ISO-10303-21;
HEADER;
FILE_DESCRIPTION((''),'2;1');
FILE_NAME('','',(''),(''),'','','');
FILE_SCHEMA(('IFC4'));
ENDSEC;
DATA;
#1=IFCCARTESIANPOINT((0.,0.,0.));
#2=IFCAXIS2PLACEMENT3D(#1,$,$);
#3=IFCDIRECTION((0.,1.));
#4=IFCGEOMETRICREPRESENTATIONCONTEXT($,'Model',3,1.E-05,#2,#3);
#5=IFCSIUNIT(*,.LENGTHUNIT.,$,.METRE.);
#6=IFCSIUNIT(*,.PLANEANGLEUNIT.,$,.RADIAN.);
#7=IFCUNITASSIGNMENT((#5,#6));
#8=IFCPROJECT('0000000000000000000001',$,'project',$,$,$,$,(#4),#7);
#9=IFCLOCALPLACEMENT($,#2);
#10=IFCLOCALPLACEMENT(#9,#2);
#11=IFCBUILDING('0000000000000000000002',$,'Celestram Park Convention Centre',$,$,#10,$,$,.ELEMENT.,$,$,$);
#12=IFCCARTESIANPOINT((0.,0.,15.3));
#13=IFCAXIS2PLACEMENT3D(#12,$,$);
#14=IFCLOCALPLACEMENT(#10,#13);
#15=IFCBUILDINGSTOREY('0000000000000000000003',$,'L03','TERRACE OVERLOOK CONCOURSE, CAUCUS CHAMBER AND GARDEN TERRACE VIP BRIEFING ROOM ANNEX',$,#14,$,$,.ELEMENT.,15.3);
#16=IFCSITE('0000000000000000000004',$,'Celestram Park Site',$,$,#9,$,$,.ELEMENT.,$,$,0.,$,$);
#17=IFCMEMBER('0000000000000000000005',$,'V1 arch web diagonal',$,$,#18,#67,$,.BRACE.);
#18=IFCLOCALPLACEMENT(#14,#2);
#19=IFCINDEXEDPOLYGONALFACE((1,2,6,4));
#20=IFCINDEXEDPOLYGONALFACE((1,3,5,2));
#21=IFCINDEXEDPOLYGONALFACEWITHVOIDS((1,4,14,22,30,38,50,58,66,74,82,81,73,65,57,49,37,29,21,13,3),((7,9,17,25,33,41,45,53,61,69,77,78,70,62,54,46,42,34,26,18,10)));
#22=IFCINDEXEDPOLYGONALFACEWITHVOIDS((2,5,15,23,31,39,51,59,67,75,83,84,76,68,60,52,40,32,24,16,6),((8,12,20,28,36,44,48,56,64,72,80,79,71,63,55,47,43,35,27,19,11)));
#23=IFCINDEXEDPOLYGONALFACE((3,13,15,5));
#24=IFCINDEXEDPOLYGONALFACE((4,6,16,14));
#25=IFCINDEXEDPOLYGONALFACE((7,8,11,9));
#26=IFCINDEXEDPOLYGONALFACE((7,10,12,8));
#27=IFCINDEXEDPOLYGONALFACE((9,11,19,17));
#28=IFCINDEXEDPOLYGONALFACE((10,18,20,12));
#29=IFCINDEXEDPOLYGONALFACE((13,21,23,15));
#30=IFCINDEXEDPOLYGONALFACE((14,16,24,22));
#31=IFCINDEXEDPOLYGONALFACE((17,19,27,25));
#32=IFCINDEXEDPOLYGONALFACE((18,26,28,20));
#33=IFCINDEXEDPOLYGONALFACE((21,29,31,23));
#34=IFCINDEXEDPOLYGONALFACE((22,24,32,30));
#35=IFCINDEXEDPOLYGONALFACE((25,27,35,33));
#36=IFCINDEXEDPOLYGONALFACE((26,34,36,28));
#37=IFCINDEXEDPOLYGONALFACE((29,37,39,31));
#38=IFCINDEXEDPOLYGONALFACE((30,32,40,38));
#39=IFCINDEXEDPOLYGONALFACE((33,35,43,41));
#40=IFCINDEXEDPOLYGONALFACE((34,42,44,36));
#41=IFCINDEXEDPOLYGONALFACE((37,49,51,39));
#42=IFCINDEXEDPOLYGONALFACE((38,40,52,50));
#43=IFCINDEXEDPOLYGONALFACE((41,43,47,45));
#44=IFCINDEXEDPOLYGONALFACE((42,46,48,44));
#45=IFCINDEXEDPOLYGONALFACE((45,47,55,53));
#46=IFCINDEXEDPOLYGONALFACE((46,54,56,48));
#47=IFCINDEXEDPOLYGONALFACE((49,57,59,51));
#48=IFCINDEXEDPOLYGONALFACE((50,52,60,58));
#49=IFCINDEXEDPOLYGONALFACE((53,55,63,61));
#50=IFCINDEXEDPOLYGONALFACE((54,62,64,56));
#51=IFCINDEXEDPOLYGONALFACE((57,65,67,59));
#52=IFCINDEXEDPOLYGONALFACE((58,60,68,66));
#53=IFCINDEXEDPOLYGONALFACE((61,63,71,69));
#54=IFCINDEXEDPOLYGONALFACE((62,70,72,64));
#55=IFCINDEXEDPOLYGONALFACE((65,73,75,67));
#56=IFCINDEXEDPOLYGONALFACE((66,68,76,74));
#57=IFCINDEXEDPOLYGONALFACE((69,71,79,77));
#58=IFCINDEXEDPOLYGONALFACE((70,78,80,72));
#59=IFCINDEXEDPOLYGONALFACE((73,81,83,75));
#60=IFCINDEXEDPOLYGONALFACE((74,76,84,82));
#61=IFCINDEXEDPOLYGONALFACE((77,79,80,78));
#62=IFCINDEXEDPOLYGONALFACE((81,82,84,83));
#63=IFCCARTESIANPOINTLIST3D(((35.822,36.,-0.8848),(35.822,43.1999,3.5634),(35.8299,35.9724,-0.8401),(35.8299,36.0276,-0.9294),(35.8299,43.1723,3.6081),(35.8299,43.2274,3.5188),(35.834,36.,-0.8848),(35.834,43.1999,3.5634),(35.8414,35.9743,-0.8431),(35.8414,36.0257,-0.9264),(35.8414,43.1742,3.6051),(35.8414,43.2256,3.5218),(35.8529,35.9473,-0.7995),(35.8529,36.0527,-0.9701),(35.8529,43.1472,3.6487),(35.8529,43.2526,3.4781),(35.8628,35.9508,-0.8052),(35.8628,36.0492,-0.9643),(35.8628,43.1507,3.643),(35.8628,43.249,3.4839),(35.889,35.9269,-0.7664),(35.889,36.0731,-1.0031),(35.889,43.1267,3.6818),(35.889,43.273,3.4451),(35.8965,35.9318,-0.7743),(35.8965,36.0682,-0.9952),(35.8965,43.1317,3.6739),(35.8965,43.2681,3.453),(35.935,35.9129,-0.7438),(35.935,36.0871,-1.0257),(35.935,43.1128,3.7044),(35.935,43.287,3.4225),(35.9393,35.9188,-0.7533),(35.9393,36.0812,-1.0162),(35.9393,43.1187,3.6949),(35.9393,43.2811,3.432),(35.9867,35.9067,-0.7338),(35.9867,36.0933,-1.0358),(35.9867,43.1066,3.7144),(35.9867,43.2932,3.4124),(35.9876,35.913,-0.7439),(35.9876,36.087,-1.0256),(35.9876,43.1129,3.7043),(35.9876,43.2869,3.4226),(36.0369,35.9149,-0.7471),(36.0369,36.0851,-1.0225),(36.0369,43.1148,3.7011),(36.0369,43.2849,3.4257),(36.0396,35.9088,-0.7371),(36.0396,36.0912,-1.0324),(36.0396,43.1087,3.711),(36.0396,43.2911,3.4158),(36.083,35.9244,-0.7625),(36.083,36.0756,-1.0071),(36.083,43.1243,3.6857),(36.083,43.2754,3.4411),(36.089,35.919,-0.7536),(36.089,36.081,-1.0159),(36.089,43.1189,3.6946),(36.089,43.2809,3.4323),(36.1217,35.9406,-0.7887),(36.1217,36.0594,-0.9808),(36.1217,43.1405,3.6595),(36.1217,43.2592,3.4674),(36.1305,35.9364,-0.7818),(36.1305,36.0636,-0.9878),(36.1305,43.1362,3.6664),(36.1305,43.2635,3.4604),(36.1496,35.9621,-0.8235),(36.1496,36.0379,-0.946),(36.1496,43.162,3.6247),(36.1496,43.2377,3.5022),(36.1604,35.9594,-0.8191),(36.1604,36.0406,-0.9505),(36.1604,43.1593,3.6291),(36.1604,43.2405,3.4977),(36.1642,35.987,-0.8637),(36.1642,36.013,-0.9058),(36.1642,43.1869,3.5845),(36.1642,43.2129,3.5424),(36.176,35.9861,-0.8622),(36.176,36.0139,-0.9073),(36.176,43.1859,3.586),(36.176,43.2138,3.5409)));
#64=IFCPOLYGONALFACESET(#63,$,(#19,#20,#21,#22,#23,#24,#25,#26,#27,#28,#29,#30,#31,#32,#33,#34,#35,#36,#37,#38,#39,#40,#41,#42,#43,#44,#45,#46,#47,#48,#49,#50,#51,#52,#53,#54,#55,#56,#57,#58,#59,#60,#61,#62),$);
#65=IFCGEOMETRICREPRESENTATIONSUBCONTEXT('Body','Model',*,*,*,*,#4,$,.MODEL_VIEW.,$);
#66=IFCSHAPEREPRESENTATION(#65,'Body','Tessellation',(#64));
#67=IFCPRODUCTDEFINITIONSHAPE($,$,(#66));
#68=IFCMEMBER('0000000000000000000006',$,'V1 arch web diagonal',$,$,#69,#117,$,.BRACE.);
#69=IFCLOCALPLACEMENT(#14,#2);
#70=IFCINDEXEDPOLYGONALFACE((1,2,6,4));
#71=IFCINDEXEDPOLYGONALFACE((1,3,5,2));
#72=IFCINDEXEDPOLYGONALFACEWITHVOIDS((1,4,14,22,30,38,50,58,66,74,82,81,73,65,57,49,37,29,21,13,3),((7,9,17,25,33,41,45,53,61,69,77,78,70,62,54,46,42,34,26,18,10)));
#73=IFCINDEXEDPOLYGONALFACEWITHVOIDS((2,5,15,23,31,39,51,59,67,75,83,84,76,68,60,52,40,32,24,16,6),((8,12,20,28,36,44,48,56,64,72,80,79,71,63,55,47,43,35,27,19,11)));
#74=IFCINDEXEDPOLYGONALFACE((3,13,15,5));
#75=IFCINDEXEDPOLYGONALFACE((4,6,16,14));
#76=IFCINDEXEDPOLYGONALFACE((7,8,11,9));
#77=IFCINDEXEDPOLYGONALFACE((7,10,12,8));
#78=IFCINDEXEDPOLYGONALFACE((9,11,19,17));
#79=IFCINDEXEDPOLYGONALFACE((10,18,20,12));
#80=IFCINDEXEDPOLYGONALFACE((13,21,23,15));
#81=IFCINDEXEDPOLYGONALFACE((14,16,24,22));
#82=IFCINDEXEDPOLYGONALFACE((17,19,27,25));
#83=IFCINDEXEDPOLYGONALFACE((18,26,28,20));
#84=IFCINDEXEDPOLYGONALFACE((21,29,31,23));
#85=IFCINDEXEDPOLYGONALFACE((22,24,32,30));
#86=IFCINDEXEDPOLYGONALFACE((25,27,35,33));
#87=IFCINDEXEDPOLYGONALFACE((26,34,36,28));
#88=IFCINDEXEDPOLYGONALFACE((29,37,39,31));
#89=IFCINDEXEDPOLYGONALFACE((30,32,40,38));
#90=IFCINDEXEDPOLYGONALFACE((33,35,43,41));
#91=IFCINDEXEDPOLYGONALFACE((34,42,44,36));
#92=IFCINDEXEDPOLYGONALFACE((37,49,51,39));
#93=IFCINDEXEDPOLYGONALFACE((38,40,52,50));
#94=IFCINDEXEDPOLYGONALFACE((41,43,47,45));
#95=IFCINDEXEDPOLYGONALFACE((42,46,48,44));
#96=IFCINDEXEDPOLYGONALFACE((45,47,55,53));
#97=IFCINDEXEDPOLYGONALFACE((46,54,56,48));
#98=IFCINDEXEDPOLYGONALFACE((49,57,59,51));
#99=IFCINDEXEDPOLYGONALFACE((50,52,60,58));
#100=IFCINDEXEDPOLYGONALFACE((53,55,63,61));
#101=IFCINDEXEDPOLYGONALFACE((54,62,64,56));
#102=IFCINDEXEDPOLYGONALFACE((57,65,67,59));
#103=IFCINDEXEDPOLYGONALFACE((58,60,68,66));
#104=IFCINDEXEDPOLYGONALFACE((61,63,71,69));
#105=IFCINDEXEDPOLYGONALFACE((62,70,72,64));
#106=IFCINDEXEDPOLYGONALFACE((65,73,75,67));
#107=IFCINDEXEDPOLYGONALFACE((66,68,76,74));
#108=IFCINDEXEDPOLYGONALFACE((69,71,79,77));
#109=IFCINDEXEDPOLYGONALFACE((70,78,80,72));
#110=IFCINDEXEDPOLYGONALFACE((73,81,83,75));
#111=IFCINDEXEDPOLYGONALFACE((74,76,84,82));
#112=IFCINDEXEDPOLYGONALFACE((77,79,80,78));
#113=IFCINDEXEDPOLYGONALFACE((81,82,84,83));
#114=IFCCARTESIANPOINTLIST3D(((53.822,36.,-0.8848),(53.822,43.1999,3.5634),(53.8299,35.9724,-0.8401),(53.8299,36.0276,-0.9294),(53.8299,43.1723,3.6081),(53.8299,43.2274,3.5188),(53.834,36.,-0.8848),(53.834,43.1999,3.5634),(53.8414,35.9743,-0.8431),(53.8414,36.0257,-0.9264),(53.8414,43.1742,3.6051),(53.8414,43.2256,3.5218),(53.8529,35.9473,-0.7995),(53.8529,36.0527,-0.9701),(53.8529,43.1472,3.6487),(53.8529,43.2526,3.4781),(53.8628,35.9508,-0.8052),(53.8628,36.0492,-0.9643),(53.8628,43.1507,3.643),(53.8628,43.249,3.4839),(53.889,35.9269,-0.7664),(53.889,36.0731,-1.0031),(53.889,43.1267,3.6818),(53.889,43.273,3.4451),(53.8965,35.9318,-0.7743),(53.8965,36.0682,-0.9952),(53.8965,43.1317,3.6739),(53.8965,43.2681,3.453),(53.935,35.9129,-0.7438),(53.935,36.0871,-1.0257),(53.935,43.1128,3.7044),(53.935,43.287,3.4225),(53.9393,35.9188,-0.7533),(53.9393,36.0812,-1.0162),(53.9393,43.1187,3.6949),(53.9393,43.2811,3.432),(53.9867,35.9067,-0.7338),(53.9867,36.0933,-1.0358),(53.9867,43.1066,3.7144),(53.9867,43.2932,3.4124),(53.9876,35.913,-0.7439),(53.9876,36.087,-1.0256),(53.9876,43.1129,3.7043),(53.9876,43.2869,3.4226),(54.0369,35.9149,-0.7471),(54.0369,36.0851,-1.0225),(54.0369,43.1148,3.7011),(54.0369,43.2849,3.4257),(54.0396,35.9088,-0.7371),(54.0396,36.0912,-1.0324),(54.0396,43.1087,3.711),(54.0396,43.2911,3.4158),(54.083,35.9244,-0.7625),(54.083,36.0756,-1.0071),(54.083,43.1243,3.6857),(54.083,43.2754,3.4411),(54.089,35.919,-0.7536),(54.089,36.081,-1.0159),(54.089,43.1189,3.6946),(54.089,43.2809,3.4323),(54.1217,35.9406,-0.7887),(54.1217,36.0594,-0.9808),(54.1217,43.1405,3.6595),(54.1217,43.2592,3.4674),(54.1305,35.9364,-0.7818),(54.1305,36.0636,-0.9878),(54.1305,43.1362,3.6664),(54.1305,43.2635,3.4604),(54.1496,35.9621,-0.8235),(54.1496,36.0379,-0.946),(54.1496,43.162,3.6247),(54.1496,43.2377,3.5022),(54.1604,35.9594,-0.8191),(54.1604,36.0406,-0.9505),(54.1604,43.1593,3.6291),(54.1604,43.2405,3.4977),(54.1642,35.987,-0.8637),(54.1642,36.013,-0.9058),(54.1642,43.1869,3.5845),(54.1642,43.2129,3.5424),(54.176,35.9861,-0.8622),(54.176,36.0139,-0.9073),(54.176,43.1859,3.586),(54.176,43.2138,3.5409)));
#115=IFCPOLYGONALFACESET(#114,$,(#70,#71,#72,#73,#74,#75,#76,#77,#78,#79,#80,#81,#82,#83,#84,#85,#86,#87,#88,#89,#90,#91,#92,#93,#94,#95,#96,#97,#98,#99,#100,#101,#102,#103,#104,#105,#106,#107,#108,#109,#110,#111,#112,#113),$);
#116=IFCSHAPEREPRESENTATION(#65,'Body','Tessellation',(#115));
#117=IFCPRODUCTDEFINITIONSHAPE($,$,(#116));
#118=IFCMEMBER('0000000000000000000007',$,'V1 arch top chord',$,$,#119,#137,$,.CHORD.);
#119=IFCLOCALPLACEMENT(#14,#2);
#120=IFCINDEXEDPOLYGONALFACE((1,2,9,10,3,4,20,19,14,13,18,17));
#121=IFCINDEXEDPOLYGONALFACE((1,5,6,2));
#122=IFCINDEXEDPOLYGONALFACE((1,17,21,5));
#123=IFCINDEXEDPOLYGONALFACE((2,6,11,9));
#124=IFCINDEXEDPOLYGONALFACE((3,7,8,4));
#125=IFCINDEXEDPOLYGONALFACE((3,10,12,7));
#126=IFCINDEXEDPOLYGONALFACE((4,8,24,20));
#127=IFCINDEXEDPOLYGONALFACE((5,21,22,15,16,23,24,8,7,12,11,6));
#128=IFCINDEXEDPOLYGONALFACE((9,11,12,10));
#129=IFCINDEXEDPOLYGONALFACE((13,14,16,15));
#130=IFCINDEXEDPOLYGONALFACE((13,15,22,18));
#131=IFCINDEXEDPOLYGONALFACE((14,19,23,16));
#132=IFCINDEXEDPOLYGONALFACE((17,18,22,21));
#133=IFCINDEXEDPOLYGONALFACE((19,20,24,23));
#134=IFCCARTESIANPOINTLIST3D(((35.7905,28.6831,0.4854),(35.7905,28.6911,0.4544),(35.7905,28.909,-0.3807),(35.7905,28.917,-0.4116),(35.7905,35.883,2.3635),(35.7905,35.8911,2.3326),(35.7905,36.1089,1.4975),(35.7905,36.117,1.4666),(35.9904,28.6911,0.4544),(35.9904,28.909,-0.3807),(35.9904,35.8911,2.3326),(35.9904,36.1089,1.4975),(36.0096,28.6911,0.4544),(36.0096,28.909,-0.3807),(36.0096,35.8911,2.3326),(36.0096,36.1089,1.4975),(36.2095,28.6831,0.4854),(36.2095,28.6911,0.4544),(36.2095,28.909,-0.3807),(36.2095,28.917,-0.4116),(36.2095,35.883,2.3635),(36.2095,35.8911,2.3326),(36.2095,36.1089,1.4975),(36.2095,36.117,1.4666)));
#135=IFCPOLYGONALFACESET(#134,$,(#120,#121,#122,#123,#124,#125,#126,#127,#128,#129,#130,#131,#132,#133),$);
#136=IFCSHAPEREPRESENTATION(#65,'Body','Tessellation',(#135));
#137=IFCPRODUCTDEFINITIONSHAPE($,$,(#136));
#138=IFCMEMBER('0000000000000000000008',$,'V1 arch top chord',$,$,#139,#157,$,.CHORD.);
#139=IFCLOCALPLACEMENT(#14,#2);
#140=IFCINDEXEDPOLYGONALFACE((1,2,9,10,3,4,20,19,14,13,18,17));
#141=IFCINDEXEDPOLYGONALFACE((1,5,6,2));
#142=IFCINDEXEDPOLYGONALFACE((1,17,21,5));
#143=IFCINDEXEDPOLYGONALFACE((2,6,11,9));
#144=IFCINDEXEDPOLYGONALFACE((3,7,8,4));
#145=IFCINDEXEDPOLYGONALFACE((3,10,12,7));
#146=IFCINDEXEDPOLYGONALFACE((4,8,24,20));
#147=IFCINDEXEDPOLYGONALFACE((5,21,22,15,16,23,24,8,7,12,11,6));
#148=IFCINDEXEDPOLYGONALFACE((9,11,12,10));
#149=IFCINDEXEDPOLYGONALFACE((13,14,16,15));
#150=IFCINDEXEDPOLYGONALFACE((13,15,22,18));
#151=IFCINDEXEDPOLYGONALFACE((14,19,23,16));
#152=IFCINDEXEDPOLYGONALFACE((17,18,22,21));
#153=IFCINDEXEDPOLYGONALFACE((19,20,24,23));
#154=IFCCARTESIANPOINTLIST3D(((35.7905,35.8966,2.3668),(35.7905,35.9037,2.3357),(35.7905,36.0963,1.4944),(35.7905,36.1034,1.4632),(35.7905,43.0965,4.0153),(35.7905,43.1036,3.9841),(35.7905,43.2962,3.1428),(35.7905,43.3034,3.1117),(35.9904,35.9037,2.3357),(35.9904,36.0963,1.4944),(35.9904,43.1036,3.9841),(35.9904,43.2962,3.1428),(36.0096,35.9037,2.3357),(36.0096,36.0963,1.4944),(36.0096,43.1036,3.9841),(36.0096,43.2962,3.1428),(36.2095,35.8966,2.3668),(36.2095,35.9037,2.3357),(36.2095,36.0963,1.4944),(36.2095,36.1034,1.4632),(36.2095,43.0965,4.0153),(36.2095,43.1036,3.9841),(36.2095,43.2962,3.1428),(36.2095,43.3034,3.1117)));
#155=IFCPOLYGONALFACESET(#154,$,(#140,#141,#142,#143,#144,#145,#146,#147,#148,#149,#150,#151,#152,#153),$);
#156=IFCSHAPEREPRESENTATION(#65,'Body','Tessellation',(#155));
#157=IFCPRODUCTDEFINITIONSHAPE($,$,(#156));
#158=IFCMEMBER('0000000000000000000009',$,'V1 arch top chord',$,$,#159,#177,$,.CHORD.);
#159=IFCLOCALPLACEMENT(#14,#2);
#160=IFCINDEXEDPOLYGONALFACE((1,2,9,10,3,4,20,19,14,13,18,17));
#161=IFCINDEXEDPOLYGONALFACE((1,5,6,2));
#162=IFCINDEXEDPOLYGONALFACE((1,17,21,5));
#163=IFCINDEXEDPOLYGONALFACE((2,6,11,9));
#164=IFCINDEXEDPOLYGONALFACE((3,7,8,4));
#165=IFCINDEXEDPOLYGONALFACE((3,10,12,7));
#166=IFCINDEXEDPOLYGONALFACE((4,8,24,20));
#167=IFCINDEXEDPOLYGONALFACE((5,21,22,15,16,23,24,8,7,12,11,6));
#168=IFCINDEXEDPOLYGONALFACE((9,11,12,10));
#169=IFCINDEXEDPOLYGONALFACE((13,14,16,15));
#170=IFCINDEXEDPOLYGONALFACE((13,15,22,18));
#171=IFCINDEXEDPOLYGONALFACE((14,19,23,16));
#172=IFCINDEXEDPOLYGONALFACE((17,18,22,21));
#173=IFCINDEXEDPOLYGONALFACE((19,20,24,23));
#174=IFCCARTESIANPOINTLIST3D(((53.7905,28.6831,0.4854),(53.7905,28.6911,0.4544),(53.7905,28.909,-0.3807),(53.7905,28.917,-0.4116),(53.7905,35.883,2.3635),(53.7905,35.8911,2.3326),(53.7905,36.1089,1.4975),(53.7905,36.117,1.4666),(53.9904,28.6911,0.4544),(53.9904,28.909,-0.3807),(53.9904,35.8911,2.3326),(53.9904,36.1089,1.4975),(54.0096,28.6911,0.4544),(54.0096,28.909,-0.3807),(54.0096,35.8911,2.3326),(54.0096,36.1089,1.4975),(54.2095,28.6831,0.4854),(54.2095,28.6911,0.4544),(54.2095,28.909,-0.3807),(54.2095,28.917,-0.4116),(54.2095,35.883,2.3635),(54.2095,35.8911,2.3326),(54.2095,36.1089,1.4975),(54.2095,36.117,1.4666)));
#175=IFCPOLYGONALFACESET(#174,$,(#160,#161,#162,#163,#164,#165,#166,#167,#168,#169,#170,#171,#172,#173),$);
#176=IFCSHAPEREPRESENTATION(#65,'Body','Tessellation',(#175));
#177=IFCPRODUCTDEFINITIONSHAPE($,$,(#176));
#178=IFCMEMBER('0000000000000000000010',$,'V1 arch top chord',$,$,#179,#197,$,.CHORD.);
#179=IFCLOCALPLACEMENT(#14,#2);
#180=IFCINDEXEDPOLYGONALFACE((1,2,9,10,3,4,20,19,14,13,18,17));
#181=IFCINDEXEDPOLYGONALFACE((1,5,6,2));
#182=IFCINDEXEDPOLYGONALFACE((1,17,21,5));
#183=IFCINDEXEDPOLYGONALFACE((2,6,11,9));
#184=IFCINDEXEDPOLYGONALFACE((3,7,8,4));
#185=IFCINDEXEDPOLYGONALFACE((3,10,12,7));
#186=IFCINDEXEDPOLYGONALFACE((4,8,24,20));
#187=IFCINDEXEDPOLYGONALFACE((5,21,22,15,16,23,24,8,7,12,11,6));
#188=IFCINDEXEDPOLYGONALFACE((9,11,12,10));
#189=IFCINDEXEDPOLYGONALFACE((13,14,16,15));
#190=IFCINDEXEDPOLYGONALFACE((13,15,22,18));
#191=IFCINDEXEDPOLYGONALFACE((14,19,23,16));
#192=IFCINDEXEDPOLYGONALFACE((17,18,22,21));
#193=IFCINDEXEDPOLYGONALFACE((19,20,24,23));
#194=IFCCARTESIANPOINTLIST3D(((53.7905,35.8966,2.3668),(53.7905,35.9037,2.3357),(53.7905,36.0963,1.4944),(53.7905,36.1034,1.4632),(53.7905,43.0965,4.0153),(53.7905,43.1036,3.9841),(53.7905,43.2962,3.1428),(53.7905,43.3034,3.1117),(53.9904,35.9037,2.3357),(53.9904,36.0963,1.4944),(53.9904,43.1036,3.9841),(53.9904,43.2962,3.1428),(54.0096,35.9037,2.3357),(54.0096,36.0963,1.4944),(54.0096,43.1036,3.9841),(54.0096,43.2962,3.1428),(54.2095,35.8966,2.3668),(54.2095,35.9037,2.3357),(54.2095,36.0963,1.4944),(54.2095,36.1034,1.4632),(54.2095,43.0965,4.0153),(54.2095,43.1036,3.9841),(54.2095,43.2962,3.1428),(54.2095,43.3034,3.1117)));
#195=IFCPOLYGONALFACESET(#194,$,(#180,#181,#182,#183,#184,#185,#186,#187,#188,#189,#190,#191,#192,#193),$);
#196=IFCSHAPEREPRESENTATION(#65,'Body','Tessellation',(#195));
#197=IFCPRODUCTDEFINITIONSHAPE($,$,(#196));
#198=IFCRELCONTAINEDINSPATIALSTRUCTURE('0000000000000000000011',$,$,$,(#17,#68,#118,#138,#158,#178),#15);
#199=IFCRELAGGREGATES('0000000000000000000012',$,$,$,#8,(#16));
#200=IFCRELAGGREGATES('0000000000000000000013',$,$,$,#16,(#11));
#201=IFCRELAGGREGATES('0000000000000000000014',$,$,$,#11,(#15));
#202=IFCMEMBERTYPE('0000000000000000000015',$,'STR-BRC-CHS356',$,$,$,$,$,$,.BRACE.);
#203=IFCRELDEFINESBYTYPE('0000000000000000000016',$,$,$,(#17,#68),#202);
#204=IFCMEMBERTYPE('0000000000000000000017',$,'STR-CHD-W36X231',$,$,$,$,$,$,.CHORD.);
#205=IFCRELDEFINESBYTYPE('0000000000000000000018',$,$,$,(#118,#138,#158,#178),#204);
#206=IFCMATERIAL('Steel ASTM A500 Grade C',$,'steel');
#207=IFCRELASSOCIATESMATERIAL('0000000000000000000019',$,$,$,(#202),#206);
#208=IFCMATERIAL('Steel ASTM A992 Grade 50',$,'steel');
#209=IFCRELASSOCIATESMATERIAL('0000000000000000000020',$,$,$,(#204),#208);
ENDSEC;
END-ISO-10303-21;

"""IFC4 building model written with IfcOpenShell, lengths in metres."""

from ifc_helpers import new_model, si_unit, direction, frame, origin, origin_2d, place, context, subcontext, project, spatial, hollow_circle, i_section, extrude, material, material_profile, profile_set, type_object, element, save


model = new_model("IFC4")

# Units and contexts
model_context = context("Model", 3, precision=1e-05, world=origin(), true_north=direction((0.0, 1.0)))
body_context = subcontext(model_context, "Body", "Model", "MODEL_VIEW")
ifc_project = project(units=[si_unit("LENGTHUNIT", "METRE"), si_unit("PLANEANGLEUNIT", "RADIAN")], contexts=[model_context])

# Site, building, storey
site_placement = place(None, origin())
site = spatial("IfcSite", under=ifc_project, at=site_placement, Name="Celestram Park Site", CompositionType="ELEMENT", RefElevation=0.0)
building_placement = place(site_placement, origin())
building = spatial("IfcBuilding", under=site, at=building_placement, Name="Celestram Park Convention Centre", CompositionType="ELEMENT")
storey_placement = place(building_placement, frame((0.0, 0.0, 15.3)))
storey = spatial("IfcBuildingStorey", under=building, at=storey_placement, Name="L03", Description="TERRACE OVERLOOK CONCOURSE, CAUCUS CHAMBER AND GARDEN TERRACE VIP BRIEFING ROOM ANNEX", CompositionType="ELEMENT", Elevation=15.3)

# Members
ifc_material_1 = material(Name="Steel ASTM A500 Grade C", Category="steel")
ifc_material_profile_1 = material_profile(ifc_material_1, hollow_circle(Radius=0.178, WallThickness=0.012, at=origin_2d()), Name="CHS356X12")
ifc_profile_set_1 = profile_set([ifc_material_profile_1], Name="Steel ASTM A500 Grade C")
member_type_1 = type_object("IfcMemberType", Name="STR-BRC-CHS356", PredefinedType="BRACE", material=ifc_profile_set_1)
for number, where, z_axis, x_axis, name in (
    (1, (36.0, 36.0, -0.8848), (0.0, 0.850734, 0.525597), (-1.0, 0.0, 0.0), "V1 arch web diagonal"),
    (2, (54.0, 36.0, -0.8848), (0.0, 0.850734, 0.525597), (-1.0, 0.0, 0.0), "V1 arch web diagonal"),
):
    element("IfcMember", number, at=place(storey_placement, frame(where, z_axis=z_axis, x_axis=x_axis)), inside=storey, type_object=member_type_1, Name=name, PredefinedType="BRACE", context=body_context, shape_type="SweptSolid", body=[
        extrude(hollow_circle(Radius=0.178, WallThickness=0.012, at=origin_2d()), origin(), (0.0, 0.0, 1.0), 8.4631),
    ])
ifc_material_2 = material(Name="Steel ASTM A992 Grade 50", Category="steel")
ifc_material_profile_2 = material_profile(ifc_material_2, i_section(OverallWidth=0.4189, OverallDepth=0.927, WebThickness=0.0193, FlangeThickness=0.032, at=origin_2d()), Name="W36X231")
ifc_profile_set_2 = profile_set([ifc_material_profile_2], Name="Steel ASTM A992 Grade 50")
member_type_2 = type_object("IfcMemberType", Name="STR-CHD-W36X231", PredefinedType="CHORD", material=ifc_profile_set_2)
member_1_placement = place(storey_placement, frame((36.0, 28.8, 0.0369), z_axis=(0.0, 0.96762, 0.252413), x_axis=(-1.0, 0.0, 0.0)))
element("IfcMember", 3, at=member_1_placement, inside=storey, type_object=member_type_2, Name="V1 arch top chord", PredefinedType="CHORD", context=body_context, shape_type="SweptSolid", body=[
    extrude(i_section(OverallWidth=0.4189, OverallDepth=0.927, WebThickness=0.0193, FlangeThickness=0.032, at=origin_2d()), origin(), (0.0, 0.0, 1.0), 7.4409),
])
member_2_placement = place(storey_placement, frame((36.0, 36.0, 1.915), z_axis=(0.0, 0.974778, 0.223177), x_axis=(-1.0, 0.0, 0.0)))
element("IfcMember", 4, at=member_2_placement, inside=storey, type_object=member_type_2, Name="V1 arch top chord", PredefinedType="CHORD", context=body_context, shape_type="SweptSolid", body=[
    extrude(i_section(OverallWidth=0.4189, OverallDepth=0.927, WebThickness=0.0193, FlangeThickness=0.032, at=origin_2d()), origin(), (0.0, 0.0, 1.0), 7.3862),
])
member_3_placement = place(storey_placement, frame((54.0, 28.8, 0.0369), z_axis=(0.0, 0.96762, 0.252413), x_axis=(-1.0, 0.0, 0.0)))
element("IfcMember", 5, at=member_3_placement, inside=storey, type_object=member_type_2, Name="V1 arch top chord", PredefinedType="CHORD", context=body_context, shape_type="SweptSolid", body=[
    extrude(i_section(OverallWidth=0.4189, OverallDepth=0.927, WebThickness=0.0193, FlangeThickness=0.032, at=origin_2d()), origin(), (0.0, 0.0, 1.0), 7.4409),
])
member_4_placement = place(storey_placement, frame((54.0, 36.0, 1.915), z_axis=(0.0, 0.974778, 0.223177), x_axis=(-1.0, 0.0, 0.0)))
element("IfcMember", 6, at=member_4_placement, inside=storey, type_object=member_type_2, Name="V1 arch top chord", PredefinedType="CHORD", context=body_context, shape_type="SweptSolid", body=[
    extrude(i_section(OverallWidth=0.4189, OverallDepth=0.927, WebThickness=0.0193, FlangeThickness=0.032, at=origin_2d()), origin(), (0.0, 0.0, 1.0), 7.3862),
])

save(model, "model.ifc")
